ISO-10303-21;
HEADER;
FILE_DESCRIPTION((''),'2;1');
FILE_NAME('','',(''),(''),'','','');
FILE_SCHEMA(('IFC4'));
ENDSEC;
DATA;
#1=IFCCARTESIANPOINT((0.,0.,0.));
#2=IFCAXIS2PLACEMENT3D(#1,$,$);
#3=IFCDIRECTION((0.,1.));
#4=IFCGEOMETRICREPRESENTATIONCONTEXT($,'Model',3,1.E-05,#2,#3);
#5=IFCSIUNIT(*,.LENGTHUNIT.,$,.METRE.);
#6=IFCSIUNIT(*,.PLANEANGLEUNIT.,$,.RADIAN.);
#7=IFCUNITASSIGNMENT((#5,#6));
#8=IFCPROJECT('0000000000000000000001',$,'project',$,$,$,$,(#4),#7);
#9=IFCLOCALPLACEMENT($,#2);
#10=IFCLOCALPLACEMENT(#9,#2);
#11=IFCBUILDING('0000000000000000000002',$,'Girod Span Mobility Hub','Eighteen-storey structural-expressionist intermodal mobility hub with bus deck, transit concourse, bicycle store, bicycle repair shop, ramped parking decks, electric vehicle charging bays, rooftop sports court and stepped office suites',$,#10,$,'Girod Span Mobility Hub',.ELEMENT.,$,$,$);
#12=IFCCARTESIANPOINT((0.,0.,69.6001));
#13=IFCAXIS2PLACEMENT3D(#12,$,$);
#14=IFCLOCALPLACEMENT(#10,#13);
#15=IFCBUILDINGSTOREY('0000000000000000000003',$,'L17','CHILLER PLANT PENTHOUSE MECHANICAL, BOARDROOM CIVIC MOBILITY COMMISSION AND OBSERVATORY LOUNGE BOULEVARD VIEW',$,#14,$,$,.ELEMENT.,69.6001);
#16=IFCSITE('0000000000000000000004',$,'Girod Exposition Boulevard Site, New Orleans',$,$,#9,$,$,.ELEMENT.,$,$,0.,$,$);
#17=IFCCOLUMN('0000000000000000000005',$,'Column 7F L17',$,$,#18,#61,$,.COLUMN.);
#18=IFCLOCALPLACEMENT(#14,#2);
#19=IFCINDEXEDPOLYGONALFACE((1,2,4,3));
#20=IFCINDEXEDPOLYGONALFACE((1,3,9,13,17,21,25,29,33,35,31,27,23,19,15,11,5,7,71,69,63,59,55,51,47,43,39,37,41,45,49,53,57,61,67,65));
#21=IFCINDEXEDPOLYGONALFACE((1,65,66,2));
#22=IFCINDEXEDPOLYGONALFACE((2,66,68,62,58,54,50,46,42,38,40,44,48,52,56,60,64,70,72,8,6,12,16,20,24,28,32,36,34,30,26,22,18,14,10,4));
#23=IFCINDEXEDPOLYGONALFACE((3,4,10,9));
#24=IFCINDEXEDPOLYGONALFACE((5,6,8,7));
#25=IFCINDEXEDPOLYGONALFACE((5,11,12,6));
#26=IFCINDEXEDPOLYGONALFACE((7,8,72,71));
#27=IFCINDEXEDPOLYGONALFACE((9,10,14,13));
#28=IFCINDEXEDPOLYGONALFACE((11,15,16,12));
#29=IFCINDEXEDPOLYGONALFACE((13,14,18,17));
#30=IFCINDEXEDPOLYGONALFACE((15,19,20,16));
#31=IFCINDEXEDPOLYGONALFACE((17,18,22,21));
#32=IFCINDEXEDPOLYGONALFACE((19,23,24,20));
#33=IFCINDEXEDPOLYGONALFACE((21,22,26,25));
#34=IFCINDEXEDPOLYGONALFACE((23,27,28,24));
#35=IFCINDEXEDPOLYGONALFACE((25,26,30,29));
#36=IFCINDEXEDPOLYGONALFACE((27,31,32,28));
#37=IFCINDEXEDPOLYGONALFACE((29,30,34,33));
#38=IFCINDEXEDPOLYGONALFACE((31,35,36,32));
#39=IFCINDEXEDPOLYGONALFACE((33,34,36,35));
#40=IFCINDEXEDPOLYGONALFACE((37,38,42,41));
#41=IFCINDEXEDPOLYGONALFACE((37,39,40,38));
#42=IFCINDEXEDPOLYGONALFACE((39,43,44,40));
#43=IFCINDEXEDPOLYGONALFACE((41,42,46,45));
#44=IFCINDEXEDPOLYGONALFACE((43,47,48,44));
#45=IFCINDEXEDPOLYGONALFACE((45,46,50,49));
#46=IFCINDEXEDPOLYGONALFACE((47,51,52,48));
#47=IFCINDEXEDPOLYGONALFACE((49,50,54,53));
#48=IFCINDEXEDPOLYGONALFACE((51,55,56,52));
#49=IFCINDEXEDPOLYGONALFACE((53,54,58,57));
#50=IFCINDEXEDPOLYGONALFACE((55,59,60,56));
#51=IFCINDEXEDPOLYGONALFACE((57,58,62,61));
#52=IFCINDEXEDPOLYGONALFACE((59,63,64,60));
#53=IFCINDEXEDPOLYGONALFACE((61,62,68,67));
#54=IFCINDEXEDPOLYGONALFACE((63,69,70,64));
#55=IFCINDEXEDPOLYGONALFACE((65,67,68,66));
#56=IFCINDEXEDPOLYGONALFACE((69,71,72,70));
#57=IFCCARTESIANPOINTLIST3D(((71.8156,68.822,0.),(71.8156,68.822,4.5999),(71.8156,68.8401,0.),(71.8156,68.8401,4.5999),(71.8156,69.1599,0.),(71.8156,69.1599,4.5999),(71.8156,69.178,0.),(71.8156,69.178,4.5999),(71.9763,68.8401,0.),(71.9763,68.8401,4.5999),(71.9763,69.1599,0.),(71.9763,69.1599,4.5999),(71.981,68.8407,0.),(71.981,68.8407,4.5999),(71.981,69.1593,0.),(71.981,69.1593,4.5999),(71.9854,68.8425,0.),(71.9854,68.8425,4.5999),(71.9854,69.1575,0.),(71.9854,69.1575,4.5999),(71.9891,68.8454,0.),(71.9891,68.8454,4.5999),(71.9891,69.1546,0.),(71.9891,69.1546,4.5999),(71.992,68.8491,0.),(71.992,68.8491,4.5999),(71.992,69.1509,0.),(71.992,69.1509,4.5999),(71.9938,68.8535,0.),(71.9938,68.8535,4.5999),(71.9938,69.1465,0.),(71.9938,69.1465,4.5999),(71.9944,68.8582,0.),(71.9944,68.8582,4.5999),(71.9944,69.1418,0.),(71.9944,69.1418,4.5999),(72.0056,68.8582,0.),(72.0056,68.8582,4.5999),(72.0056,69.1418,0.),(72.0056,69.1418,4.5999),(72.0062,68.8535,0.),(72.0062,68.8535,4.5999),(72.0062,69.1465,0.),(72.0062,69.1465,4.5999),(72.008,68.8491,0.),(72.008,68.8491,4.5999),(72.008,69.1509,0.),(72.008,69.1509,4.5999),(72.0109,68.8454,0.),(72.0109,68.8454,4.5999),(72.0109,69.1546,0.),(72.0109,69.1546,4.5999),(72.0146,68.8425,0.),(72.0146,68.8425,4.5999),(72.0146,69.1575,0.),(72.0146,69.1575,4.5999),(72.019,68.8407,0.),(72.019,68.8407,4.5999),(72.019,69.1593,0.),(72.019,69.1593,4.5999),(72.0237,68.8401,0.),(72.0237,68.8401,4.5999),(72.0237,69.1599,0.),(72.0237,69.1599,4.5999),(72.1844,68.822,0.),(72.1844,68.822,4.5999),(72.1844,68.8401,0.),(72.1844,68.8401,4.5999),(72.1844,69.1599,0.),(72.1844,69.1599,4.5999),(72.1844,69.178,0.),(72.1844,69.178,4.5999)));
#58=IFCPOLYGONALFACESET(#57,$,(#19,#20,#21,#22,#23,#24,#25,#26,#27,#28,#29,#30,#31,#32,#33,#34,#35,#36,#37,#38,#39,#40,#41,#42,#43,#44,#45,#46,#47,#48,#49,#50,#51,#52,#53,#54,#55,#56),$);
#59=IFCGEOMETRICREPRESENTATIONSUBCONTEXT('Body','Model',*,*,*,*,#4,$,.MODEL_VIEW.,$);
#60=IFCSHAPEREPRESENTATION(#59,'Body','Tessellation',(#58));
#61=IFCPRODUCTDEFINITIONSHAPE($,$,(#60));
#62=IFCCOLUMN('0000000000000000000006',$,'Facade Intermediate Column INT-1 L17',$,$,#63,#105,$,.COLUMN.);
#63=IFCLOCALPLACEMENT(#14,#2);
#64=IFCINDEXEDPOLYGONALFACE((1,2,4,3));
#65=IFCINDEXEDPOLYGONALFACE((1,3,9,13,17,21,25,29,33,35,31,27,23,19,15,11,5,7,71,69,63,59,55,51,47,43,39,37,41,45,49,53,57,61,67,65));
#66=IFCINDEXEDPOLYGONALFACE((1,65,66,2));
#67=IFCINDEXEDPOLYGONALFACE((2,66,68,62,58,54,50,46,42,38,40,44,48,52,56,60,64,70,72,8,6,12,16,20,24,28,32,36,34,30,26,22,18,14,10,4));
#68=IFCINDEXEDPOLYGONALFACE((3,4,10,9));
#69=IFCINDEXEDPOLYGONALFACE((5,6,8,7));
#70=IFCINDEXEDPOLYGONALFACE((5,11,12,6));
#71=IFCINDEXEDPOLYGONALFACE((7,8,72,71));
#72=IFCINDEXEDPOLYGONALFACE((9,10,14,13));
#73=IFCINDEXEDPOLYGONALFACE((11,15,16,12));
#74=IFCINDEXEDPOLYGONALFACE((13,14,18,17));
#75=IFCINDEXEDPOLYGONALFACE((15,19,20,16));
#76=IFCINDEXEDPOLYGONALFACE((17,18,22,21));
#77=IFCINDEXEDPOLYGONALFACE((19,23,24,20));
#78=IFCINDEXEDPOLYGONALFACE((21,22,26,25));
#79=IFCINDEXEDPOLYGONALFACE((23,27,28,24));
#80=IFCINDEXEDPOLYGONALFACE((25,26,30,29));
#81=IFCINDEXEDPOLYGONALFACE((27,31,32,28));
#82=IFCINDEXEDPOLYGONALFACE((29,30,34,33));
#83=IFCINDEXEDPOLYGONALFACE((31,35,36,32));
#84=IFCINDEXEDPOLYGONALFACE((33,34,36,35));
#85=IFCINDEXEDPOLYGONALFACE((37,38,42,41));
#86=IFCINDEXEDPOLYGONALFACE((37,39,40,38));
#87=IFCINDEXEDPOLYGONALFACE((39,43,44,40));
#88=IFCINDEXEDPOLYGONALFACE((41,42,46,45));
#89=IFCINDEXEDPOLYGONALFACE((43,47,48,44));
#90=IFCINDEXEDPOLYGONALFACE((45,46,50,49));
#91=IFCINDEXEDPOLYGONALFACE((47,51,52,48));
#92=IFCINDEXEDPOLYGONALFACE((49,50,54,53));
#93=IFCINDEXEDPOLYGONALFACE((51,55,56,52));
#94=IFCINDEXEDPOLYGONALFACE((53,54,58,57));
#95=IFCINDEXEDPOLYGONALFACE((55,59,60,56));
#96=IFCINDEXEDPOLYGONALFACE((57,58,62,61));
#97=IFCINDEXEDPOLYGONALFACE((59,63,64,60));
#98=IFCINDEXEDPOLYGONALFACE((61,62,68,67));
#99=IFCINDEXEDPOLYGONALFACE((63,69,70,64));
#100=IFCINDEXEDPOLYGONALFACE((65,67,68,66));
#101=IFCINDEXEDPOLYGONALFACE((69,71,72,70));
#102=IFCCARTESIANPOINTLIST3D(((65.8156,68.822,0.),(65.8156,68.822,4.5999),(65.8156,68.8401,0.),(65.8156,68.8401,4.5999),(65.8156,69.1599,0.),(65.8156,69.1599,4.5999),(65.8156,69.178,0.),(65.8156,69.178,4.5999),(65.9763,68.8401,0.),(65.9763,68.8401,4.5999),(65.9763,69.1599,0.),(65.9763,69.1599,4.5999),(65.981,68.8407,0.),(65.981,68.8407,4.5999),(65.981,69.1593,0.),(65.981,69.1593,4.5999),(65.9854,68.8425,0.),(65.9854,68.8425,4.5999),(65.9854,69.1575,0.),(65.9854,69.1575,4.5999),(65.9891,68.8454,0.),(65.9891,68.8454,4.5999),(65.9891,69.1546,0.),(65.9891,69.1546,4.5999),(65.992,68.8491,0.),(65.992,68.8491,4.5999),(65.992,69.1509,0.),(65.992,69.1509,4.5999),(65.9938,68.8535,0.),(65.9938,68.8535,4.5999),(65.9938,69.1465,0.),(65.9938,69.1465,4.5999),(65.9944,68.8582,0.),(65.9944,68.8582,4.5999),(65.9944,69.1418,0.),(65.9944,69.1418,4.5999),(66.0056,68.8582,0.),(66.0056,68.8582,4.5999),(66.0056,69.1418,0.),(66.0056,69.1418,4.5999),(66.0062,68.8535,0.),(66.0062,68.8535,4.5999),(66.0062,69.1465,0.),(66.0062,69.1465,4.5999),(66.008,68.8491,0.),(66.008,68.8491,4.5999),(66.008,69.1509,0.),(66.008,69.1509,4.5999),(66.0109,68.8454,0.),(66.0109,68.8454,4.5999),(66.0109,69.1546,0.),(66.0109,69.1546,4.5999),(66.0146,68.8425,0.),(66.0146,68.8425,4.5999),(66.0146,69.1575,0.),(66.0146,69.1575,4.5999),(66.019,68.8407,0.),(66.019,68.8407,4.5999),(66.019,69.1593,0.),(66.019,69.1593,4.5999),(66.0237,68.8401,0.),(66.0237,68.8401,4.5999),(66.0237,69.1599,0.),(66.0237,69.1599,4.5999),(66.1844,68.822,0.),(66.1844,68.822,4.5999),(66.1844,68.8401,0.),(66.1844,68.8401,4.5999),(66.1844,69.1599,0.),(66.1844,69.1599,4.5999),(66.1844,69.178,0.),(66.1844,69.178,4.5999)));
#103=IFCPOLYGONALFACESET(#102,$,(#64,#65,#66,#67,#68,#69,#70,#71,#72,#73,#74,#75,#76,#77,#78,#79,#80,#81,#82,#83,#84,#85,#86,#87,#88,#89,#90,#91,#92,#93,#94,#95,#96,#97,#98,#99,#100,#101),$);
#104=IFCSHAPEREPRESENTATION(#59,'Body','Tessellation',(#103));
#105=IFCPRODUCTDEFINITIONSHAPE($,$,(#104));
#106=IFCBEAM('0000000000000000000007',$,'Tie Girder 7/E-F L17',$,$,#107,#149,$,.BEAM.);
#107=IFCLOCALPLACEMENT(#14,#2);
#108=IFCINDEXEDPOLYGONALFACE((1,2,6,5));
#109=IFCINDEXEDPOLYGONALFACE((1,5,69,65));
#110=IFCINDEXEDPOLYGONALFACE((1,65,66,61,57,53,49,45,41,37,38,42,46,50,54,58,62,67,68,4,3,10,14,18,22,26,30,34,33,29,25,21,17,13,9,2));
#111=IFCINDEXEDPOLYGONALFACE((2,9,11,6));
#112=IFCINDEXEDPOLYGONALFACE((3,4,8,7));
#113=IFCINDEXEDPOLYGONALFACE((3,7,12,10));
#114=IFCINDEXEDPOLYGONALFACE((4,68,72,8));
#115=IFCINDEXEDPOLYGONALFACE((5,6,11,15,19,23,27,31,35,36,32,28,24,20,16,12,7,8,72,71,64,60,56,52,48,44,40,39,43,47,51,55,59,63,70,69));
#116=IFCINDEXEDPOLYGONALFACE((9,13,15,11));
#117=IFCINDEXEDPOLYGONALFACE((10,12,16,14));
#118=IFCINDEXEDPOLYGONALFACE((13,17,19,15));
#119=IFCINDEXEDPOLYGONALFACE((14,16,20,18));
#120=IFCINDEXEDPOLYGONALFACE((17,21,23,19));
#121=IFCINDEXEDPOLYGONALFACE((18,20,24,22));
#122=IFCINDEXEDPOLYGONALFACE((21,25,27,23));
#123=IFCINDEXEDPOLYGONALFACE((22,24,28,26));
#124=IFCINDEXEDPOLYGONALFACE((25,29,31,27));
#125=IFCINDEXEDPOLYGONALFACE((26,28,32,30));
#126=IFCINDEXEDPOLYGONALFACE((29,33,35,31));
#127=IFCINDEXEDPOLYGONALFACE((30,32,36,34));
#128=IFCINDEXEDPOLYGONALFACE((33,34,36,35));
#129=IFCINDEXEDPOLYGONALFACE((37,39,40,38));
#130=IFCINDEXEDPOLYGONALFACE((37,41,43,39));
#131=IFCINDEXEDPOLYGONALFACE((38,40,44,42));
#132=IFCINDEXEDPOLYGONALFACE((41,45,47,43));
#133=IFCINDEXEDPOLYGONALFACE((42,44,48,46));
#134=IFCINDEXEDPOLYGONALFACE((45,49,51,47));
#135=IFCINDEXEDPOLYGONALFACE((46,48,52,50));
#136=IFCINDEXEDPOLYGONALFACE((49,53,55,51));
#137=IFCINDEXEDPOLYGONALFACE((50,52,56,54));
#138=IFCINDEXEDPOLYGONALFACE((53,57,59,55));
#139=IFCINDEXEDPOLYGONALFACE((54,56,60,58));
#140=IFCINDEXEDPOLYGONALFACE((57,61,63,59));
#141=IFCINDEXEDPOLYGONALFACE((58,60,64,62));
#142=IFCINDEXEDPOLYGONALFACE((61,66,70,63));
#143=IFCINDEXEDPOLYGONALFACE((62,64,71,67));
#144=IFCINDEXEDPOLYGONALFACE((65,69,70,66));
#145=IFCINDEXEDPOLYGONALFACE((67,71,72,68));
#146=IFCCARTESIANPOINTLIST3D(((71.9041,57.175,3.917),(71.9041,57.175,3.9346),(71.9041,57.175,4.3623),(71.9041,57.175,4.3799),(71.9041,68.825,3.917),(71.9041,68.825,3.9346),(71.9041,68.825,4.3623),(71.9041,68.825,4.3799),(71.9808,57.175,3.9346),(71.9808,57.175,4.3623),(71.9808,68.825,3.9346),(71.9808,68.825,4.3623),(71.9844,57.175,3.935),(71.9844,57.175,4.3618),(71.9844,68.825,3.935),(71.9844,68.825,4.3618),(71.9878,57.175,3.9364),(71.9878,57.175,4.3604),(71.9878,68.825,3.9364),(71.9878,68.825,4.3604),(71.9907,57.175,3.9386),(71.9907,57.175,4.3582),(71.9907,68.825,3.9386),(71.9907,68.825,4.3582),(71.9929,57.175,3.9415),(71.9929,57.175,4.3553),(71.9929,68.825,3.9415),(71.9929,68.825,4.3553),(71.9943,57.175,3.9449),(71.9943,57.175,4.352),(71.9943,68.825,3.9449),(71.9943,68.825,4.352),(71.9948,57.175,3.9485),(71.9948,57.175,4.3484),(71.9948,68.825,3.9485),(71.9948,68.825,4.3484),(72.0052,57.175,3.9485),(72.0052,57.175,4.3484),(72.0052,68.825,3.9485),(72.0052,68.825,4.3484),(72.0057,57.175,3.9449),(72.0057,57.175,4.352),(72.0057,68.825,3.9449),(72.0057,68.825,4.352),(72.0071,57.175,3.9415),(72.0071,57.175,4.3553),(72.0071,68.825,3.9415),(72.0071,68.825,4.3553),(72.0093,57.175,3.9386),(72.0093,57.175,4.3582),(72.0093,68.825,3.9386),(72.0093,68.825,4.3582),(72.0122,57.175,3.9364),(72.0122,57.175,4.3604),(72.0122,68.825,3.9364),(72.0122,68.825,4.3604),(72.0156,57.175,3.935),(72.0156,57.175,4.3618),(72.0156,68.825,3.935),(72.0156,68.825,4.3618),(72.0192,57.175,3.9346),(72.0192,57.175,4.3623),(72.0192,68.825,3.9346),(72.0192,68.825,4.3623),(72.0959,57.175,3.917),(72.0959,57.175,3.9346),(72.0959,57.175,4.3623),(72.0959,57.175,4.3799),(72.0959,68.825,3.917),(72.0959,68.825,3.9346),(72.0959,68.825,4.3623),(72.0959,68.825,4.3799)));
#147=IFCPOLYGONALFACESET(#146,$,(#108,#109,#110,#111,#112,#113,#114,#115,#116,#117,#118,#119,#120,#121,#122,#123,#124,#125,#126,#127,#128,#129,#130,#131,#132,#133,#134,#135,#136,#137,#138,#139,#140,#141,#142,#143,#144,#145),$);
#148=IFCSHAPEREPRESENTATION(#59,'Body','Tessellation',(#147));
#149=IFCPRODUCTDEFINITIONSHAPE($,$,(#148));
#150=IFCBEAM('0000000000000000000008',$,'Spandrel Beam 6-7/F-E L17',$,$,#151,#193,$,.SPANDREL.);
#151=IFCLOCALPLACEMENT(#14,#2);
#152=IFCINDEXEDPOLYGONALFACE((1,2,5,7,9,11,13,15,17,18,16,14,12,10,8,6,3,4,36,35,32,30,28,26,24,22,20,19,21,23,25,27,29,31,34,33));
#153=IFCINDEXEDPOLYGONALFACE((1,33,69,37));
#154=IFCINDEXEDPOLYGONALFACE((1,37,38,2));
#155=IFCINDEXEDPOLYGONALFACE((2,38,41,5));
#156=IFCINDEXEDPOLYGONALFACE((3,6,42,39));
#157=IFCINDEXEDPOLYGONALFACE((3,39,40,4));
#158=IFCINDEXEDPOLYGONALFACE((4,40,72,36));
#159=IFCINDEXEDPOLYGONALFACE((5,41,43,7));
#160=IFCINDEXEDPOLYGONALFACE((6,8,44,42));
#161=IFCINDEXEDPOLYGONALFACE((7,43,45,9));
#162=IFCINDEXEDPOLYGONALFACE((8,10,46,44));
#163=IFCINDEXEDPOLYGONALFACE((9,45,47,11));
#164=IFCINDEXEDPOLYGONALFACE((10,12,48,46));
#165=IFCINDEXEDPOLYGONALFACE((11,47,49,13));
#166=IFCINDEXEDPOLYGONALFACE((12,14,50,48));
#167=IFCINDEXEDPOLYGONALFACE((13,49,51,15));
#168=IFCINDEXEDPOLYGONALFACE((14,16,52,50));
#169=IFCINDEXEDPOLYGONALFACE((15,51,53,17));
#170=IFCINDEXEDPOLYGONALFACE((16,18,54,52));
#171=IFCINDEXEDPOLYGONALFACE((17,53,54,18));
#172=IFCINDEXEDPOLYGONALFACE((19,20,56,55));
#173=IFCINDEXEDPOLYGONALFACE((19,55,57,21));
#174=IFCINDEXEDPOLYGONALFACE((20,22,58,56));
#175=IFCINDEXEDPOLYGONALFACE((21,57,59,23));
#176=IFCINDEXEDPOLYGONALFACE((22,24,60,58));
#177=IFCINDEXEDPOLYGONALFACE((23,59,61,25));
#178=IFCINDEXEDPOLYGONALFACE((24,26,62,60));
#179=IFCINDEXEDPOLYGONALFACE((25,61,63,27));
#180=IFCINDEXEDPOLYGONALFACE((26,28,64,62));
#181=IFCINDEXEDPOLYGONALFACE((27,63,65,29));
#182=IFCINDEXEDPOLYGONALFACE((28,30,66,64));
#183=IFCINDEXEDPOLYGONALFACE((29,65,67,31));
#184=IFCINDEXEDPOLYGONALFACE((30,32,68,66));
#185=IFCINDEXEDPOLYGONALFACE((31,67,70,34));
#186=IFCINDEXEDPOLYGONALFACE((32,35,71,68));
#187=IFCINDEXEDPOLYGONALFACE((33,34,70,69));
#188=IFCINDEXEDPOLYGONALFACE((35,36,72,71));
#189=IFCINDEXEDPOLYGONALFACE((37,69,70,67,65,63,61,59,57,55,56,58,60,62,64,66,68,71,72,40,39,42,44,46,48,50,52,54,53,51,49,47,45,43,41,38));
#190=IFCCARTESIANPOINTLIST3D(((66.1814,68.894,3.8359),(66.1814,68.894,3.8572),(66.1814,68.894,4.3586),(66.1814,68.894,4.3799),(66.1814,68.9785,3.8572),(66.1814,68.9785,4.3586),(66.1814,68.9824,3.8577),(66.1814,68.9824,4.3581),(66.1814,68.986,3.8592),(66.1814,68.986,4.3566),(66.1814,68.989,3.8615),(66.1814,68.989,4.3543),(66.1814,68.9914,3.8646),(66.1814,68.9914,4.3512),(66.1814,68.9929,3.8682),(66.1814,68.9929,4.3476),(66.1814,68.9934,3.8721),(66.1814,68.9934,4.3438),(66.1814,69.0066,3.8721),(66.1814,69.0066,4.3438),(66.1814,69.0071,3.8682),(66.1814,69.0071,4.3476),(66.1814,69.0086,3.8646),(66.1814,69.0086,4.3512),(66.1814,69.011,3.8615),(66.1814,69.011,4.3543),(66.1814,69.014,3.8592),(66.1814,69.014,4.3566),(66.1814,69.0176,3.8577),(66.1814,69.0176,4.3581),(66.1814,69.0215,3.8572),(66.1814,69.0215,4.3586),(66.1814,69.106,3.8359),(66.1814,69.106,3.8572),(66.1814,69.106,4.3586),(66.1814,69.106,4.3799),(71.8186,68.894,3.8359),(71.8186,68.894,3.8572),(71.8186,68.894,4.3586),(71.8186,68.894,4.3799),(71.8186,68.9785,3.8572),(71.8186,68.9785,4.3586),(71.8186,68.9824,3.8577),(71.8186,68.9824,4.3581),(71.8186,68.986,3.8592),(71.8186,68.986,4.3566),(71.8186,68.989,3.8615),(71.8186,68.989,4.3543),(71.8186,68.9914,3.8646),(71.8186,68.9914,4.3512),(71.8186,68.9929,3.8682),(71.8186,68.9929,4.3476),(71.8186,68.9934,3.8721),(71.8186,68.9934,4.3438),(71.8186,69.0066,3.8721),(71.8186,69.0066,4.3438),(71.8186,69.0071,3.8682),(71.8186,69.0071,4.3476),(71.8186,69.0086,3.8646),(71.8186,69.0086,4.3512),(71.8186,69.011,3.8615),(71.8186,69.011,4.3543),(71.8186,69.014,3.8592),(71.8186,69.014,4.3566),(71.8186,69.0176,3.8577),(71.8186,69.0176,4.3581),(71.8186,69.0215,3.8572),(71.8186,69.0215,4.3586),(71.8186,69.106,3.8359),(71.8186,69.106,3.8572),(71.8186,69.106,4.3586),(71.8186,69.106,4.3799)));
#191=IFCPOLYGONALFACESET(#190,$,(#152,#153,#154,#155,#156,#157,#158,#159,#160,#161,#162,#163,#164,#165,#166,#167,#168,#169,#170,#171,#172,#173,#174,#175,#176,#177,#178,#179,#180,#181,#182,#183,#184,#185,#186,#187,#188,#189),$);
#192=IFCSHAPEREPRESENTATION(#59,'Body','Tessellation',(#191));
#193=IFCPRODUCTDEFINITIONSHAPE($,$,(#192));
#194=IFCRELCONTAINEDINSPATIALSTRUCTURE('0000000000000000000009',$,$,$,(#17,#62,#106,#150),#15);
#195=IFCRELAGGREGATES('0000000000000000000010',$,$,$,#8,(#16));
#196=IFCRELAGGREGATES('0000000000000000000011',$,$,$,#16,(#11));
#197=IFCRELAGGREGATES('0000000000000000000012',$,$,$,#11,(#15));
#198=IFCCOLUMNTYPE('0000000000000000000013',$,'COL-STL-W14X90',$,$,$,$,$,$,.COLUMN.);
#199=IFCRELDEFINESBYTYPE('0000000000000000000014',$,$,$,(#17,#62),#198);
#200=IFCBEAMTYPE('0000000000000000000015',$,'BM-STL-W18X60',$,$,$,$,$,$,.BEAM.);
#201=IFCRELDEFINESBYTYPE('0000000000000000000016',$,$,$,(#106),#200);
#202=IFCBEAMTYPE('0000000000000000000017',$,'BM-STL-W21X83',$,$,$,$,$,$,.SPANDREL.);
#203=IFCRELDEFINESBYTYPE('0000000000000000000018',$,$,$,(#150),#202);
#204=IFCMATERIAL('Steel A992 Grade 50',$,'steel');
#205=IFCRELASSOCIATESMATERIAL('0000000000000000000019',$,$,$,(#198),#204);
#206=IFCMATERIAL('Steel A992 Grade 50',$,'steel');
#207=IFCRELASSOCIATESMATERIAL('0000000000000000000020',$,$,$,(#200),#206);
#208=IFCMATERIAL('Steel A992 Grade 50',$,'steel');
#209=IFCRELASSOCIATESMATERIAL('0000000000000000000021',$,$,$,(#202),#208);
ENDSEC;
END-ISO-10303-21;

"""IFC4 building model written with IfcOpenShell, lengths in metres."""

from ifc_helpers import new_model, si_unit, direction, frame, origin, origin_2d, place, context, subcontext, project, spatial, i_section, extrude, material, material_profile, profile_set, type_object, element, save


model = new_model("IFC4")

# Units and contexts
model_context = context("Model", 3, precision=1e-05, world=origin(), true_north=direction((0.0, 1.0)))
body_context = subcontext(model_context, "Body", "Model", "MODEL_VIEW")
ifc_project = project(units=[si_unit("LENGTHUNIT", "METRE"), si_unit("PLANEANGLEUNIT", "RADIAN")], contexts=[model_context])

# Site, building, storey
site_placement = place(None, origin())
site = spatial("IfcSite", under=ifc_project, at=site_placement, Name="Girod Exposition Boulevard Site, New Orleans", CompositionType="ELEMENT", RefElevation=0.0)
building_placement = place(site_placement, origin())
building = spatial("IfcBuilding", under=site, at=building_placement, Name="Girod Span Mobility Hub", Description="Eighteen-storey structural-expressionist intermodal mobility hub with bus deck, transit concourse, bicycle store, bicycle repair shop, ramped parking decks, electric vehicle charging bays, rooftop sports court and stepped office suites", LongName="Girod Span Mobility Hub", CompositionType="ELEMENT")
storey_placement = place(building_placement, frame((0.0, 0.0, 69.6001)))
storey = spatial("IfcBuildingStorey", under=building, at=storey_placement, Name="L17", Description="CHILLER PLANT PENTHOUSE MECHANICAL, BOARDROOM CIVIC MOBILITY COMMISSION AND OBSERVATORY LOUNGE BOULEVARD VIEW", CompositionType="ELEMENT", Elevation=69.6001)

# Columns
ifc_material_1 = material(Name="Steel A992 Grade 50", Category="steel")
ifc_material_profile_1 = material_profile(ifc_material_1, i_section(OverallWidth=0.3689, OverallDepth=0.356, WebThickness=0.0112, FlangeThickness=0.0181, FilletRadius=0.0181, at=origin_2d()), Name="W14X90")
ifc_profile_set_1 = profile_set([ifc_material_profile_1], Name="Steel A992 Grade 50")
column_type = type_object("IfcColumnType", Name="COL-STL-W14X90", PredefinedType="COLUMN", material=ifc_profile_set_1)
for number, where, z_axis, x_axis, name in (
    (1, (72.0, 69.0, 0.0), (0.0, 0.0, 1.0), (1.0, 0.0, 0.0), "Column 7F L17"),
    (2, (66.0, 69.0, 0.0), (0.0, 0.0, 1.0), (1.0, 0.0, 0.0), "Facade Intermediate Column INT-1 L17"),
):
    element("IfcColumn", number, at=place(storey_placement, frame(where, z_axis=z_axis, x_axis=x_axis)), inside=storey, type_object=column_type, Name=name, PredefinedType="COLUMN", context=body_context, shape_type="SweptSolid", body=[
        extrude(i_section(OverallWidth=0.3689, OverallDepth=0.356, WebThickness=0.0112, FlangeThickness=0.0181, FilletRadius=0.0181, at=origin_2d()), origin(), (0.0, 0.0, 1.0), 4.5999),
    ])

# Beams
ifc_material_2 = material(Name="Steel A992 Grade 50", Category="steel")
ifc_material_profile_2 = material_profile(ifc_material_2, i_section(OverallWidth=0.1919, OverallDepth=0.4629, WebThickness=0.0105, FlangeThickness=0.0176, FilletRadius=0.0139, at=origin_2d()), Name="W18X60")
ifc_profile_set_2 = profile_set([ifc_material_profile_2], Name="Steel A992 Grade 50")
beam_type_1 = type_object("IfcBeamType", Name="BM-STL-W18X60", PredefinedType="BEAM", material=ifc_profile_set_2)
beam_placement = place(storey_placement, frame((72.0, 57.175, 4.1484), z_axis=(0.0, 1.0, 0.0), x_axis=(-1.0, 0.0, 0.0)))
element("IfcBeam", 3, at=beam_placement, inside=storey, type_object=beam_type_1, Name="Tie Girder 7/E-F L17", PredefinedType="BEAM", context=body_context, shape_type="SweptSolid", body=[
    extrude(i_section(OverallWidth=0.1919, OverallDepth=0.4629, WebThickness=0.0105, FlangeThickness=0.0176, FilletRadius=0.0139, at=origin_2d()), origin(), (0.0, 0.0, 1.0), 11.6499),
])
ifc_material_3 = material(Name="Steel A992 Grade 50", Category="steel")
ifc_material_profile_3 = material_profile(ifc_material_3, i_section(OverallWidth=0.2119, OverallDepth=0.5439, WebThickness=0.0132, FlangeThickness=0.0212, FilletRadius=0.0149, at=origin_2d()), Name="W21X83")
ifc_profile_set_3 = profile_set([ifc_material_profile_3], Name="Steel A992 Grade 50")
beam_type_2 = type_object("IfcBeamType", Name="BM-STL-W21X83", PredefinedType="SPANDREL", material=ifc_profile_set_3)
for number, where, z_axis, x_axis, name in (
    (4, (66.1814, 69.0, 4.1079), (1.0, 0.0, 0.0), (0.0, 1.0, 0.0), "Spandrel Beam 6-7/F-E L17"),
):
    element("IfcBeam", number, at=place(storey_placement, frame(where, z_axis=z_axis, x_axis=x_axis)), inside=storey, type_object=beam_type_2, Name=name, PredefinedType="SPANDREL", context=body_context, shape_type="SweptSolid", body=[
        extrude(i_section(OverallWidth=0.2119, OverallDepth=0.5439, WebThickness=0.0132, FlangeThickness=0.0212, FilletRadius=0.0149, at=origin_2d()), origin(), (0.0, 0.0, 1.0), 5.6372),
    ])

save(model, "model.ifc")
